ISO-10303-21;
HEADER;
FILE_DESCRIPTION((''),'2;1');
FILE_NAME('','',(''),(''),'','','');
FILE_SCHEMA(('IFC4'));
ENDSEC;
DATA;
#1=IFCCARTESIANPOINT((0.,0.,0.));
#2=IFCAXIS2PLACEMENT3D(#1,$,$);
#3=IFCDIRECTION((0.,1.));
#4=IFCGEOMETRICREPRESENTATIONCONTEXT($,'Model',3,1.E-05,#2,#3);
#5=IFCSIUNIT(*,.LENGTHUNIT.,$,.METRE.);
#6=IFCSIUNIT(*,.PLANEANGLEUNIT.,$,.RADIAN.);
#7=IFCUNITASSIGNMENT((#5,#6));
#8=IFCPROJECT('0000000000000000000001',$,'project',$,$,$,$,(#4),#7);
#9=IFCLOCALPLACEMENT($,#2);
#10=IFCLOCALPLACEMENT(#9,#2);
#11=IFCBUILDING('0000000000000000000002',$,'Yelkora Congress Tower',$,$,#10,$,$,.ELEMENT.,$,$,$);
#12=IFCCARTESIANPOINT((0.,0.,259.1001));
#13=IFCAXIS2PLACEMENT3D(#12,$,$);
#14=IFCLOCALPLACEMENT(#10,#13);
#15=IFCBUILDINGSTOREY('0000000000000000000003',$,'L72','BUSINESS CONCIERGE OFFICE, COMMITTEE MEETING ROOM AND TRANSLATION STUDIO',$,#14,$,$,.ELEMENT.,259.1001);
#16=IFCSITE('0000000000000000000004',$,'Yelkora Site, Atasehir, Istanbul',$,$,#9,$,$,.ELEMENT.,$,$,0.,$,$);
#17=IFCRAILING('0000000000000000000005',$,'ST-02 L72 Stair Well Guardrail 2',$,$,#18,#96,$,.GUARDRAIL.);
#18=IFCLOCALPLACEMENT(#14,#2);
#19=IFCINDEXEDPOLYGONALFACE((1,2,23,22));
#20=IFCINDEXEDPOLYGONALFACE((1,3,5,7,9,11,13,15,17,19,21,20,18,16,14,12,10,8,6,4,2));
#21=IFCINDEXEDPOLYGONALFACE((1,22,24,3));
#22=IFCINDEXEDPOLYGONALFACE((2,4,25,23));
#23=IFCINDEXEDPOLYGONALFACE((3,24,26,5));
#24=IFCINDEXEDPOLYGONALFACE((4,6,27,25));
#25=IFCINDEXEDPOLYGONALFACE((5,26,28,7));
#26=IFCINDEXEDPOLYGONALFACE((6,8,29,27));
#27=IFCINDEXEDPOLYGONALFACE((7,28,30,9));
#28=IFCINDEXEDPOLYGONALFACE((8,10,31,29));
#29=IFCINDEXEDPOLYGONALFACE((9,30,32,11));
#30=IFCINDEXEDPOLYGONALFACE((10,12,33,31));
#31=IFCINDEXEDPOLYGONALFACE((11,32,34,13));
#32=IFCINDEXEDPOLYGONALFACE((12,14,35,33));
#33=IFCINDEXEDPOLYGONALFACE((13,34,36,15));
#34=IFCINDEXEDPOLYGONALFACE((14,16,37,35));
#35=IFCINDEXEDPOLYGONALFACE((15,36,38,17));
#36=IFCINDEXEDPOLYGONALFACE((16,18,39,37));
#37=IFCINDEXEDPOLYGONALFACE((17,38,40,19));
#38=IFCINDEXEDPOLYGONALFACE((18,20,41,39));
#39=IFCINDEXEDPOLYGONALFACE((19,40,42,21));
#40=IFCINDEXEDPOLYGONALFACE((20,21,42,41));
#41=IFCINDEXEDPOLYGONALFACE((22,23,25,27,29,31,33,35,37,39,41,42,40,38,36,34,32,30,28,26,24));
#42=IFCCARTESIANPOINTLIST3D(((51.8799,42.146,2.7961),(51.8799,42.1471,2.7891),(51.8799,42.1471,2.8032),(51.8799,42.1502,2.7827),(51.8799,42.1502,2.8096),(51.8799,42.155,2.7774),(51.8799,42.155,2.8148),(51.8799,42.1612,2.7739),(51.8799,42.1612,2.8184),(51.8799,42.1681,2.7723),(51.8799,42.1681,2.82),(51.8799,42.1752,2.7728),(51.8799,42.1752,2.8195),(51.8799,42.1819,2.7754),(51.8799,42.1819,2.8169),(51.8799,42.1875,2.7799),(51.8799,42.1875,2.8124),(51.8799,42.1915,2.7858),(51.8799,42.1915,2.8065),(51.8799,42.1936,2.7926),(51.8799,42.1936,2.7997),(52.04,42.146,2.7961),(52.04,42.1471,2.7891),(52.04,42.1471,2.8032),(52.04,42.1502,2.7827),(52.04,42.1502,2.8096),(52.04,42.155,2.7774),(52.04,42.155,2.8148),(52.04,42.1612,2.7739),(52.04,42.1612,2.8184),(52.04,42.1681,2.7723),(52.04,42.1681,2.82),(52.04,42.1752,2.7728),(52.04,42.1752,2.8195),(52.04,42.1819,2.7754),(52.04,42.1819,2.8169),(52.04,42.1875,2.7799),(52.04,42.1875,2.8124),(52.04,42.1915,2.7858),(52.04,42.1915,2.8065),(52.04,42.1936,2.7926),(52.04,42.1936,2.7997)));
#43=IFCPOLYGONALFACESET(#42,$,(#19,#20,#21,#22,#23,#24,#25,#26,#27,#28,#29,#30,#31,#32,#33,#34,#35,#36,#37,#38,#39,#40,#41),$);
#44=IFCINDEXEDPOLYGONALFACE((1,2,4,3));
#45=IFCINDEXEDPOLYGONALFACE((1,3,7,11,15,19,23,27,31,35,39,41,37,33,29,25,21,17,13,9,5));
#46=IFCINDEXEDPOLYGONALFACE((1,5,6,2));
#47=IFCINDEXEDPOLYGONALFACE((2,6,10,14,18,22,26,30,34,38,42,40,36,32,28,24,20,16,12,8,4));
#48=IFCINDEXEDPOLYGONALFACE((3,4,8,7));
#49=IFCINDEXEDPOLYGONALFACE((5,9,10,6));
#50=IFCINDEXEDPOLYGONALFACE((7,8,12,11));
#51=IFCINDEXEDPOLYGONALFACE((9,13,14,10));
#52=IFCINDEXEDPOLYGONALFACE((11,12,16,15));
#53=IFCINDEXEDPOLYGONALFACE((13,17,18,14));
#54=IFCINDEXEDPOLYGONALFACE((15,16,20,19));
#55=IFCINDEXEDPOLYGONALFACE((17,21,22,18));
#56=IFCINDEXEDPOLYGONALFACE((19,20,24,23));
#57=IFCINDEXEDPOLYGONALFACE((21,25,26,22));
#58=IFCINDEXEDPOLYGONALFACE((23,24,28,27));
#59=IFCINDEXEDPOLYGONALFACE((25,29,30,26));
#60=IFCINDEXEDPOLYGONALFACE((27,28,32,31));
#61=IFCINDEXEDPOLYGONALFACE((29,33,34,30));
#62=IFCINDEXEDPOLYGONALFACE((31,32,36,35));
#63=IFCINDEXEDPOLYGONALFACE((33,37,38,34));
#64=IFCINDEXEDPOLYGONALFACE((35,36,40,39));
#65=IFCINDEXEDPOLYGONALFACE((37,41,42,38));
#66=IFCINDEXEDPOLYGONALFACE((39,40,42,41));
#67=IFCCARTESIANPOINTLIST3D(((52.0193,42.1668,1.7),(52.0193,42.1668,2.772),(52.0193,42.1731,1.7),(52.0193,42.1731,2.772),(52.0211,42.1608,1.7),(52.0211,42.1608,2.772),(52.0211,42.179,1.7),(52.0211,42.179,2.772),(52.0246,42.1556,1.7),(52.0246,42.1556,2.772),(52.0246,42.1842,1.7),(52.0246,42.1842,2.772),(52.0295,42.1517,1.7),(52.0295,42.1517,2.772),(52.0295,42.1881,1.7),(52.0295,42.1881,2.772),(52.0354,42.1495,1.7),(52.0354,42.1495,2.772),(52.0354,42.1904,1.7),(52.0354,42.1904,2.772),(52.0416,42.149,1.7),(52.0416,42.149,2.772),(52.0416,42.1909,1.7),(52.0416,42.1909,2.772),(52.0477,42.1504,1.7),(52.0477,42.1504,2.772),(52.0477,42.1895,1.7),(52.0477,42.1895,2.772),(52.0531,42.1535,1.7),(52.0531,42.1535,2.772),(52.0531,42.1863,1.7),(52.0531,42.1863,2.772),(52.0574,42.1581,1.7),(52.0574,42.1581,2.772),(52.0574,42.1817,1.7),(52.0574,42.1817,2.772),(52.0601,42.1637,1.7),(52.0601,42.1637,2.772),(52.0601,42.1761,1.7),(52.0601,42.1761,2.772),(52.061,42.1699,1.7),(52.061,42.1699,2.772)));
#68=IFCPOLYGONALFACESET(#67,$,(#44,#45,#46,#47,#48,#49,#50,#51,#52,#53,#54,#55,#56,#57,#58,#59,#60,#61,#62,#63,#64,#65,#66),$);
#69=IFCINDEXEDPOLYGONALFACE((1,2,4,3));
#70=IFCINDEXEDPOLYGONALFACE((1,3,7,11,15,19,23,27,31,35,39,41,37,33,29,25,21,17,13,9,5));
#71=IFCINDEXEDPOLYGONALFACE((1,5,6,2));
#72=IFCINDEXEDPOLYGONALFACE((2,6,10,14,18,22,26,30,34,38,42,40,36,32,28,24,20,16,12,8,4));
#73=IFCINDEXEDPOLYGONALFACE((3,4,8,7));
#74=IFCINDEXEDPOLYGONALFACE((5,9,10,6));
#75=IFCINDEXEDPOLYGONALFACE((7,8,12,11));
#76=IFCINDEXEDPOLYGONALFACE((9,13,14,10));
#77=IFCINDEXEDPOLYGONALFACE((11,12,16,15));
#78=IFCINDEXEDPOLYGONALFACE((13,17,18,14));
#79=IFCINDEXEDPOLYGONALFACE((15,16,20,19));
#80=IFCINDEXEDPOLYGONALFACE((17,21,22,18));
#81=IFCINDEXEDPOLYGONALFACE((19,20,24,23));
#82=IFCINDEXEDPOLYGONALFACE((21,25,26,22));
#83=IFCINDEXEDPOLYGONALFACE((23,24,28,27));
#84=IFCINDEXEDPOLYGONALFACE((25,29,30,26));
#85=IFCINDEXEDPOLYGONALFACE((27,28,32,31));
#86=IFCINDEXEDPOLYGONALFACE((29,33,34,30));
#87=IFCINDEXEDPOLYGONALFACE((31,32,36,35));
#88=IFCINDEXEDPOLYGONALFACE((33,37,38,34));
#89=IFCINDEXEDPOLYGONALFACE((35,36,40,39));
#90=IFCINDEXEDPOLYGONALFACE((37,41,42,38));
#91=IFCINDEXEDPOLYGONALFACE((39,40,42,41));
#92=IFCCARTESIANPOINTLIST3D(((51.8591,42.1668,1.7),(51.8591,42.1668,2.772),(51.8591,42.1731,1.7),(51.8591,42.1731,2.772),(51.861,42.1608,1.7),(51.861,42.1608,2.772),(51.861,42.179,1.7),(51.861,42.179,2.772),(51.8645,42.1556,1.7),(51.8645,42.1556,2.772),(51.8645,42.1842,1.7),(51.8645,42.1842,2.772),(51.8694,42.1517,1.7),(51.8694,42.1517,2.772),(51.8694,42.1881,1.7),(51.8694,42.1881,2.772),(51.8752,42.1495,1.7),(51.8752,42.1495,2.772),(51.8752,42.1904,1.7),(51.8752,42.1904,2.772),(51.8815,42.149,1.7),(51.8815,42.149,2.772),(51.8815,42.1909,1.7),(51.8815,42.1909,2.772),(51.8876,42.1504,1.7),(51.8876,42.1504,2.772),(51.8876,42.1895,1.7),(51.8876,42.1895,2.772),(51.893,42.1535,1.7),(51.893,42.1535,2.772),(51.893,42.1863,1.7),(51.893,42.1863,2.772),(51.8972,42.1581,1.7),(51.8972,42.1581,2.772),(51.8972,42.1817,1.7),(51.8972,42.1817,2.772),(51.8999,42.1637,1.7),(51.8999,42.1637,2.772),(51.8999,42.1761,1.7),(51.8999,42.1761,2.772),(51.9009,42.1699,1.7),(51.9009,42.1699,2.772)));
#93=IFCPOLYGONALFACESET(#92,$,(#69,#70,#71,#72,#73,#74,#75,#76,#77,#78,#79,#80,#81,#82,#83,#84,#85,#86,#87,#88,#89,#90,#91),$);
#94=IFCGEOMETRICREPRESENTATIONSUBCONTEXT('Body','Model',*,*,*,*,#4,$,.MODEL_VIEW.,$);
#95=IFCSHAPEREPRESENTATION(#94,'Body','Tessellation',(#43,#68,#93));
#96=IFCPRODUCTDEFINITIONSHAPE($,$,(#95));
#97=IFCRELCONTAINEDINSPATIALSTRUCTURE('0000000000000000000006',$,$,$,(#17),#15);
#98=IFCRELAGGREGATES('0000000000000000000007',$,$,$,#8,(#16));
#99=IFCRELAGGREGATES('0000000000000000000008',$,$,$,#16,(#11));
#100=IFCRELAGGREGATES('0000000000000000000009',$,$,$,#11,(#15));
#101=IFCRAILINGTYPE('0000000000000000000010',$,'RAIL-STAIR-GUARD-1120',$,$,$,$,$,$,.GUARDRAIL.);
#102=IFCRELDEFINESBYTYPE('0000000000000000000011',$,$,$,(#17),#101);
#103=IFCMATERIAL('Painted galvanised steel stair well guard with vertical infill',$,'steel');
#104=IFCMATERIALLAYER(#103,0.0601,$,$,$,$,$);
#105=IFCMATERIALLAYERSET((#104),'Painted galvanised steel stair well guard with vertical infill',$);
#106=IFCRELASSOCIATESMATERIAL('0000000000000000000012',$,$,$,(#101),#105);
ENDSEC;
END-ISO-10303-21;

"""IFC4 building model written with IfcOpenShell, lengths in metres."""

from ifc_helpers import new_model, si_unit, direction, frame, origin, origin_2d, place, context, subcontext, project, spatial, circle, extrude, material, layer, layer_set, type_object, element, save


model = new_model("IFC4")

# Units and contexts
model_context = context("Model", 3, precision=1e-05, world=origin(), true_north=direction((0.0, 1.0)))
body_context = subcontext(model_context, "Body", "Model", "MODEL_VIEW")
ifc_project = project(units=[si_unit("LENGTHUNIT", "METRE"), si_unit("PLANEANGLEUNIT", "RADIAN")], contexts=[model_context])

# Site, building, storey
site_placement = place(None, origin())
site = spatial("IfcSite", under=ifc_project, at=site_placement, Name="Yelkora Site, Atasehir, Istanbul", CompositionType="ELEMENT", RefElevation=0.0)
building_placement = place(site_placement, origin())
building = spatial("IfcBuilding", under=site, at=building_placement, Name="Yelkora Congress Tower", CompositionType="ELEMENT")
storey_placement = place(building_placement, frame((0.0, 0.0, 259.1001)))
storey = spatial("IfcBuildingStorey", under=building, at=storey_placement, Name="L72", Description="BUSINESS CONCIERGE OFFICE, COMMITTEE MEETING ROOM AND TRANSLATION STUDIO", CompositionType="ELEMENT", Elevation=259.1001)

# Railing
ifc_material_1 = material(Name="Painted galvanised steel stair well guard with vertical infill", Category="steel")
ifc_layer_1 = layer(ifc_material_1, 0.0601)
ifc_layer_set_1 = layer_set([ifc_layer_1], Name="Painted galvanised steel stair well guard with vertical infill")
railing_type_1 = type_object("IfcRailingType", Name="RAIL-STAIR-GUARD-1120", PredefinedType="GUARDRAIL", material=ifc_layer_set_1)
railing_1_placement = place(storey_placement, frame((52.04, 42.1699, 1.7)))
element("IfcRailing", 1, at=railing_1_placement, inside=storey, type_object=railing_type_1, Name="ST-02 L72 Stair Well Guardrail 2", PredefinedType="GUARDRAIL", context=body_context, shape_type="SweptSolid", body=[
    extrude(circle(Radius=0.0239, at=origin_2d()), frame((0.0, 0.0, 1.0962), z_axis=(-1.0, 0.0, 0.0), x_axis=(0.0, -1.0, 0.0)), (0.0, 0.0, 1.0), 0.1602),
    extrude(circle(Radius=0.021, at=origin_2d()), origin(), (0.0, 0.0, 1.0), 1.072),
    extrude(circle(Radius=0.021, at=origin_2d()), frame((-0.1602, 0.0, 0.0)), (0.0, 0.0, 1.0), 1.072),
])

save(model, "model.ifc")
